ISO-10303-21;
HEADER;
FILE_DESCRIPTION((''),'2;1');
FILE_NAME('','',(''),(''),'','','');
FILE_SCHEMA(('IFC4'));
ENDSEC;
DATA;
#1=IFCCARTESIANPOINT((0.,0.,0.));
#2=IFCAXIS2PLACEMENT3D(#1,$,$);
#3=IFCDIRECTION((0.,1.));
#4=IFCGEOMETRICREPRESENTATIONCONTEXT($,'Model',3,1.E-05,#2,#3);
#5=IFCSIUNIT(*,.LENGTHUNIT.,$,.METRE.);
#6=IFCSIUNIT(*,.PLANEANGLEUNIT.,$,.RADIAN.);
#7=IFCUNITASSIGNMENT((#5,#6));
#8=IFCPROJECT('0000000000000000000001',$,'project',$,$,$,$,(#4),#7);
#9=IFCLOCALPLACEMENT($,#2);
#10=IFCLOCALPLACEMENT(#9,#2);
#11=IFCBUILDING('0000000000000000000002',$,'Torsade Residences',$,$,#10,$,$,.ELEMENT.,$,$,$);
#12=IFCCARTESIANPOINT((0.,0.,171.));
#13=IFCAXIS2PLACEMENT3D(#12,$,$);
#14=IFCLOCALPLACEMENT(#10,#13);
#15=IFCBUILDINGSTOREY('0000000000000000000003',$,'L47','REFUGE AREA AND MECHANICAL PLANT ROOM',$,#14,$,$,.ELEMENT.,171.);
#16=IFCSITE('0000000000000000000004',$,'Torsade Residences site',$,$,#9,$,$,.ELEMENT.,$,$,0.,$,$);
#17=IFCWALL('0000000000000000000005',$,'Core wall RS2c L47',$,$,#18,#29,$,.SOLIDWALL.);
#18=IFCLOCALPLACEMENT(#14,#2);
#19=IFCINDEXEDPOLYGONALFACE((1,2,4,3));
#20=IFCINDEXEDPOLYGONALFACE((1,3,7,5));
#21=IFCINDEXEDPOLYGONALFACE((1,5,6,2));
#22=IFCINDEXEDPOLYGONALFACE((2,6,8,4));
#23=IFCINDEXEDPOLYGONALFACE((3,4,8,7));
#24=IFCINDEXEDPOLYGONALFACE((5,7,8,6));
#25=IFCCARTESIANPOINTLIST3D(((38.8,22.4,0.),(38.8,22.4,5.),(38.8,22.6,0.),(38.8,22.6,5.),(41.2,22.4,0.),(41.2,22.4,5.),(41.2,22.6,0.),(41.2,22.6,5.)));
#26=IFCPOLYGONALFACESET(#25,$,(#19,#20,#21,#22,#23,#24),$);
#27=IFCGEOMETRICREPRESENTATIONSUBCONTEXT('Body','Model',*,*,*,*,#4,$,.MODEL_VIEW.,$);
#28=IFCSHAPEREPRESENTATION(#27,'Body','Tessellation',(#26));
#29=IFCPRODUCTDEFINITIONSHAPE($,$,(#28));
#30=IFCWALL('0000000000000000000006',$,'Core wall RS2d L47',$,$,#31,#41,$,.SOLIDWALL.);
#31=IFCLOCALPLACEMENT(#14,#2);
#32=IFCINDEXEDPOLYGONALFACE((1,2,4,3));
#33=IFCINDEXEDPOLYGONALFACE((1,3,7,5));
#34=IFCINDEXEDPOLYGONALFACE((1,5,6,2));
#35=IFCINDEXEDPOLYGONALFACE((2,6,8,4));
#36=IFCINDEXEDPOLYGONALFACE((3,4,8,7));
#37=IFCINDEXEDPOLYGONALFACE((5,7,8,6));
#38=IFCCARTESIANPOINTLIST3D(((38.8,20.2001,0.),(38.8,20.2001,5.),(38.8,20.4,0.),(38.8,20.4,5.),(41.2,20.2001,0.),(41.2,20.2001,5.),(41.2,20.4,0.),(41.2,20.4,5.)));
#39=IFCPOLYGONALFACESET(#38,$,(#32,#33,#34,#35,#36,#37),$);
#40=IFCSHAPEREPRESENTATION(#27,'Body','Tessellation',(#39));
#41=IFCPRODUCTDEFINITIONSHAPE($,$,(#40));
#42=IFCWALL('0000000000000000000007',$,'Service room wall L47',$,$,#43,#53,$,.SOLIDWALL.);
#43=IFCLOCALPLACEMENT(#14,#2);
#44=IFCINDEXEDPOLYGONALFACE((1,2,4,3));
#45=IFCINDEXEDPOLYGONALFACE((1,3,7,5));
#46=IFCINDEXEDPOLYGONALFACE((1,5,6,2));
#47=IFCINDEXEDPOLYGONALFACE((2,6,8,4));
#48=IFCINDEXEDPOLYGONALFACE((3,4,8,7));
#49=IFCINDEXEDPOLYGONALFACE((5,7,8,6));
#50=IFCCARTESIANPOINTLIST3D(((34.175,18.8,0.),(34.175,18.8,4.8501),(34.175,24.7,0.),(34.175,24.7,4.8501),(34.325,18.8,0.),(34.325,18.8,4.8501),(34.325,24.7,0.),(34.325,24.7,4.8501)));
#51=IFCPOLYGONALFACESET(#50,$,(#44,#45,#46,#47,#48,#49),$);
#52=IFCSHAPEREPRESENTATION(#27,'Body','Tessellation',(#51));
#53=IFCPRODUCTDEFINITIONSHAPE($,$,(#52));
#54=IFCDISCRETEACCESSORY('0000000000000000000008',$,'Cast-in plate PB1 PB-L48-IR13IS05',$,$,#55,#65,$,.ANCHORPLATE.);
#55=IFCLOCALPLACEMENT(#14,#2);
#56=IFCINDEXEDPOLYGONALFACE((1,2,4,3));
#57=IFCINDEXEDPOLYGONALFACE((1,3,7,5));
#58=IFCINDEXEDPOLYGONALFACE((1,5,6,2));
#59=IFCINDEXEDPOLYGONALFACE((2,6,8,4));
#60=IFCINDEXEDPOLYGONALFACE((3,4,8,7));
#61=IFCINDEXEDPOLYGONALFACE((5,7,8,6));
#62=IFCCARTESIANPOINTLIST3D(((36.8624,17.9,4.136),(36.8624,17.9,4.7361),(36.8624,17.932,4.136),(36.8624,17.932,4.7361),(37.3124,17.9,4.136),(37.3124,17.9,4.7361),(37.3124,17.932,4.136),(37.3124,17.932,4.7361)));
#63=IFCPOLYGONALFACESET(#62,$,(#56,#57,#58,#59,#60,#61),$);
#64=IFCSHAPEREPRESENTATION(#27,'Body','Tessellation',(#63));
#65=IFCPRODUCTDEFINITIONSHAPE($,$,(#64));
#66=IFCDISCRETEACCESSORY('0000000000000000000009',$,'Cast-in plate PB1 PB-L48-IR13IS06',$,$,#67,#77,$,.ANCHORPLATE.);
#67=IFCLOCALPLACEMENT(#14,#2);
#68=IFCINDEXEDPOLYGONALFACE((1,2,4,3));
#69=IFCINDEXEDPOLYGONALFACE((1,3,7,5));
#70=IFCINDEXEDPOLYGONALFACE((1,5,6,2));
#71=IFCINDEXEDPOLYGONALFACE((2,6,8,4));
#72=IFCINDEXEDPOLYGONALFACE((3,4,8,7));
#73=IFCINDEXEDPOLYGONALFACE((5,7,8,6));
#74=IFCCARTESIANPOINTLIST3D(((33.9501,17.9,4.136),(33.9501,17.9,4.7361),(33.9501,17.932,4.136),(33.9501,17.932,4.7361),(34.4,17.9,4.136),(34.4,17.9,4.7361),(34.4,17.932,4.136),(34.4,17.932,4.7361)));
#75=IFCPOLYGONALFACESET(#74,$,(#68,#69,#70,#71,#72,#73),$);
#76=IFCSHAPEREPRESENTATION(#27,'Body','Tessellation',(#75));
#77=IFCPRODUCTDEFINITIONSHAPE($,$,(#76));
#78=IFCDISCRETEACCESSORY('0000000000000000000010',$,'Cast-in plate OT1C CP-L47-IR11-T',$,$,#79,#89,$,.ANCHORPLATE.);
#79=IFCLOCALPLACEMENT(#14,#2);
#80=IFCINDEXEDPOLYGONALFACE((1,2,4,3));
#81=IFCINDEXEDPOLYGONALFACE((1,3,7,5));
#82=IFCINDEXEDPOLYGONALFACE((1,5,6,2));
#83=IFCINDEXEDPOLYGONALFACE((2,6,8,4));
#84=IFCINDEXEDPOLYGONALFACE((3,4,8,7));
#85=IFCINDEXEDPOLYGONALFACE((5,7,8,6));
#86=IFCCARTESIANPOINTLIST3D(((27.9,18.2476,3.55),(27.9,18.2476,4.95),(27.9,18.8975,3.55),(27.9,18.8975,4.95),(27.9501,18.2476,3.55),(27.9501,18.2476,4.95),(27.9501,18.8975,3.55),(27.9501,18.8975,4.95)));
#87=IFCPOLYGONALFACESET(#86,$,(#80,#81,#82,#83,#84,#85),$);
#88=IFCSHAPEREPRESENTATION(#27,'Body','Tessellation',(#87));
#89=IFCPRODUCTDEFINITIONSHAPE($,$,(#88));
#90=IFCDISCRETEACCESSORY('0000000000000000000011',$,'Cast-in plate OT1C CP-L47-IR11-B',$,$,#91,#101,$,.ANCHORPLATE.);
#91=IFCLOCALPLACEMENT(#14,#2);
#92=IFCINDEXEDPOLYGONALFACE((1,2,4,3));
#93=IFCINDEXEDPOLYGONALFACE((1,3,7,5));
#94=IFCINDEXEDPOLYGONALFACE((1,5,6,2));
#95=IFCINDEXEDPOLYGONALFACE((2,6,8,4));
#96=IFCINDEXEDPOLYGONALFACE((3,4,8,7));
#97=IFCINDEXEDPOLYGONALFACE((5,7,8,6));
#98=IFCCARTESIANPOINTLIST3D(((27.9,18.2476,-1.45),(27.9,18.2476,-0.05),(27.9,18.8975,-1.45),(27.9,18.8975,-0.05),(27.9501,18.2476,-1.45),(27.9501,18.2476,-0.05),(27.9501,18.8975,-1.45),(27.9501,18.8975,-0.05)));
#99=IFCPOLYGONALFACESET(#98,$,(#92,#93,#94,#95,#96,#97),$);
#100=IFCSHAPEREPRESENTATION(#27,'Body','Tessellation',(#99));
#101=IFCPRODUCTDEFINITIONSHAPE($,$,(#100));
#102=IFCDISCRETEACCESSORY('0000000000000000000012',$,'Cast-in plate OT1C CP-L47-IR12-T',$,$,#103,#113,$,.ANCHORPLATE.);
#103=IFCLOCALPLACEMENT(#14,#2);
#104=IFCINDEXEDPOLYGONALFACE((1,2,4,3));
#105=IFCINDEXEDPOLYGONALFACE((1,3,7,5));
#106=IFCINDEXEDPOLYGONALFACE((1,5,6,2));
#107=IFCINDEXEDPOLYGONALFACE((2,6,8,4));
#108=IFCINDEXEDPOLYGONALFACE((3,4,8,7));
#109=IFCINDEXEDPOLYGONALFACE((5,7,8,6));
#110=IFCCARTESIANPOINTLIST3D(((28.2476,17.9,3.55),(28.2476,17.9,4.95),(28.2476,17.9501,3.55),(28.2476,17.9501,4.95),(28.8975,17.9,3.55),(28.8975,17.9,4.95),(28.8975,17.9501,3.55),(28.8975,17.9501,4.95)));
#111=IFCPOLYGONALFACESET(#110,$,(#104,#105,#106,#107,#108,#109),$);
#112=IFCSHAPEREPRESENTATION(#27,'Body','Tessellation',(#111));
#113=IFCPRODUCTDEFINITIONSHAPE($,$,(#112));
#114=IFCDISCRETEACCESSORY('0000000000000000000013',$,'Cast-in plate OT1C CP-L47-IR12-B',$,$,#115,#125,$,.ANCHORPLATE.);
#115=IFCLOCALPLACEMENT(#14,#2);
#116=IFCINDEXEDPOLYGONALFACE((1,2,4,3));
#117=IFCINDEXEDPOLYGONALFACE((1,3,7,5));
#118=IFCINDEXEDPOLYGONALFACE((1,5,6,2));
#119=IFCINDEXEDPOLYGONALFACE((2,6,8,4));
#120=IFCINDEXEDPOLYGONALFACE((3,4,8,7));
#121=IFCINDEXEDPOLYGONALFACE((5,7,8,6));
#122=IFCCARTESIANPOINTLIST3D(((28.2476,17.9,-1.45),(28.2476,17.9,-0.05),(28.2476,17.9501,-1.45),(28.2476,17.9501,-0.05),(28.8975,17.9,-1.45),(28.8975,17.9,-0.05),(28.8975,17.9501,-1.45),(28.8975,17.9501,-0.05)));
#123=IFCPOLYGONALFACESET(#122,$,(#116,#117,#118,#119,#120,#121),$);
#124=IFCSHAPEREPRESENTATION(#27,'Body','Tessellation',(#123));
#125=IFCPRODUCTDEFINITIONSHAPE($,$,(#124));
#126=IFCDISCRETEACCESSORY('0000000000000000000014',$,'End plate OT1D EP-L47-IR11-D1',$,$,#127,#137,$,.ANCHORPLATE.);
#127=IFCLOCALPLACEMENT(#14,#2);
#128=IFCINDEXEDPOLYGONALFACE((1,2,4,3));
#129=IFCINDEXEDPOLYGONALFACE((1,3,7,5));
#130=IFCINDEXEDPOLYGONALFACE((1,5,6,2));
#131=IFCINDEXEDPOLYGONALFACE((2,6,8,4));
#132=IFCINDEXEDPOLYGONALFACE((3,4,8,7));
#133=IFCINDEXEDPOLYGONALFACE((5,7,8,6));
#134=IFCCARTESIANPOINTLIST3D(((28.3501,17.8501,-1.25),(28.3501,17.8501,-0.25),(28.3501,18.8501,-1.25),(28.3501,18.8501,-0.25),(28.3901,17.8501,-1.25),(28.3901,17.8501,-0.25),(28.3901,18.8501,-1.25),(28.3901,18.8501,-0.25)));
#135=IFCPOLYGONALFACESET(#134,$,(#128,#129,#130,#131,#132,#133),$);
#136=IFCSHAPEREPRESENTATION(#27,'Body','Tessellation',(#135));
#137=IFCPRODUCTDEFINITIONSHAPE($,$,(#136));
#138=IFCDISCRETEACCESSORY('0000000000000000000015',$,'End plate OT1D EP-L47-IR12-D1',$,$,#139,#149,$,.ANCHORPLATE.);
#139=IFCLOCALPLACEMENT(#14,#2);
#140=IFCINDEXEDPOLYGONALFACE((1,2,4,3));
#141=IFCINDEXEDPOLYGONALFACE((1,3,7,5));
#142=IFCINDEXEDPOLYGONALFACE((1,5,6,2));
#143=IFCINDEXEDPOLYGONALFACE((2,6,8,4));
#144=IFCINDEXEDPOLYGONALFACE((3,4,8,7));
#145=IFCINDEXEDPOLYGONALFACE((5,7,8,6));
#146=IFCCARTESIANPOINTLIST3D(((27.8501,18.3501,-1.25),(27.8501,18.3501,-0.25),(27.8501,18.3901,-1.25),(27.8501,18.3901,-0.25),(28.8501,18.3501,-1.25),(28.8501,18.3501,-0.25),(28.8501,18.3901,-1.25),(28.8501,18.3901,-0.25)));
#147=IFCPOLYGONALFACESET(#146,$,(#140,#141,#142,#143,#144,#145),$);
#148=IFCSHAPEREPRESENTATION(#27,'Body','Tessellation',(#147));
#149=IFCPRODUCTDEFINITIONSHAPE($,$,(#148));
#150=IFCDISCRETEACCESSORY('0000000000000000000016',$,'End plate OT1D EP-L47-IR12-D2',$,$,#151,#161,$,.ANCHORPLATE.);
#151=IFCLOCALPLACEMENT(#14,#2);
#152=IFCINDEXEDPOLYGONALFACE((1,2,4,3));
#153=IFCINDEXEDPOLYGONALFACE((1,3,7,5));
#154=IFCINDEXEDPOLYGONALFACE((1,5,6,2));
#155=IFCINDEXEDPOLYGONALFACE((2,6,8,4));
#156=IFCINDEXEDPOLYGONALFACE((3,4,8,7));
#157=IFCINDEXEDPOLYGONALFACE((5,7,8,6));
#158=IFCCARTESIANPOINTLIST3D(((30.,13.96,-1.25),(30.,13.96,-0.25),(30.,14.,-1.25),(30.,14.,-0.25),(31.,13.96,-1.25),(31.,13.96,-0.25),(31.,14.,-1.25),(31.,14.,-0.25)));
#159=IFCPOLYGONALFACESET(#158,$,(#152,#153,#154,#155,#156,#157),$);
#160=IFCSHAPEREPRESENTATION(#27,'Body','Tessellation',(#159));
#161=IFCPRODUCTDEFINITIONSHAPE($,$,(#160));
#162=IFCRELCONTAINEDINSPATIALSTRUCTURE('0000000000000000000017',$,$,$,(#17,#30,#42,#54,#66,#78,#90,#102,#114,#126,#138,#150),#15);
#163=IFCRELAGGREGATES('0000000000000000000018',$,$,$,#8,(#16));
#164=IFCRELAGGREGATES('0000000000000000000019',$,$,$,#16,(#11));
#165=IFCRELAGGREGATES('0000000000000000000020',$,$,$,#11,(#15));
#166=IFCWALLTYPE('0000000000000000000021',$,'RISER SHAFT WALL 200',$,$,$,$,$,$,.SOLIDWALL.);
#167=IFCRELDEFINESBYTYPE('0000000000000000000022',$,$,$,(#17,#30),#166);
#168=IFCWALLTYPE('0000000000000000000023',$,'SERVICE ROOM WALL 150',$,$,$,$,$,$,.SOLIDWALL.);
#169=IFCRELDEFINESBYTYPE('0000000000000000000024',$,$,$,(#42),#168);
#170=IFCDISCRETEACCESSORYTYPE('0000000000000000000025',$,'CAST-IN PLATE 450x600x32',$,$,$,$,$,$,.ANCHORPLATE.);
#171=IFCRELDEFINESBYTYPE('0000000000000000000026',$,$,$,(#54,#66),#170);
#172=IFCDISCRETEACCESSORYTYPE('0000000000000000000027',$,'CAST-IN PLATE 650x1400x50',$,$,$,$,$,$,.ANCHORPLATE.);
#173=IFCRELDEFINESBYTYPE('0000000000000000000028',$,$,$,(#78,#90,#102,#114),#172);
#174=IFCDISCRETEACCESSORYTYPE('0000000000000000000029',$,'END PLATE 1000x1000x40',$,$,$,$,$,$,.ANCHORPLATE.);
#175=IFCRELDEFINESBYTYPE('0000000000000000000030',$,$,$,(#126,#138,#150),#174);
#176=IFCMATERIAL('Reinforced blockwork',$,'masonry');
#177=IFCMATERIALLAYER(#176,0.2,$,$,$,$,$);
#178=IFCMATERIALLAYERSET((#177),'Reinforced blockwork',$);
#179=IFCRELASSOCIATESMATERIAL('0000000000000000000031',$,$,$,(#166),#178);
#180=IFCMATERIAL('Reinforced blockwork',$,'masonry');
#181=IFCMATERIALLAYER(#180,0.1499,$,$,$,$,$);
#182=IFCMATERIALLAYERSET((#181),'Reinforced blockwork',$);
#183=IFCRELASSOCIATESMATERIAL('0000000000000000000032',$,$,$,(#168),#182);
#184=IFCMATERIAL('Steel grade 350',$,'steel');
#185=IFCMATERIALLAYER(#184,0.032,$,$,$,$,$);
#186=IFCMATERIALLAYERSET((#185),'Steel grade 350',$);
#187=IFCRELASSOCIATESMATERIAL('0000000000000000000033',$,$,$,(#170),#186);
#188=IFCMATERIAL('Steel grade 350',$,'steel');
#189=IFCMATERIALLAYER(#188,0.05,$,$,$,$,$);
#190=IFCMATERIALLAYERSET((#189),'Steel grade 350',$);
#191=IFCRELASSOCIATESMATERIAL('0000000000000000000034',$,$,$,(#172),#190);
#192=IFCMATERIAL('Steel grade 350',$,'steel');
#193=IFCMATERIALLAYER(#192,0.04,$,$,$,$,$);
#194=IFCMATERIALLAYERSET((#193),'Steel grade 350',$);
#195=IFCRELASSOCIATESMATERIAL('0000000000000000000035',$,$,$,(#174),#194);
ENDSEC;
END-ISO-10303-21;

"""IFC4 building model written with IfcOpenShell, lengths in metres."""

from ifc_helpers import new_model, si_unit, direction, frame, frame_2d, origin, origin_2d, place, context, subcontext, project, spatial, rectangle, extrude, material, layer, layer_set, type_object, element, save


model = new_model("IFC4")

# Units and contexts
model_context = context("Model", 3, precision=1e-05, world=origin(), true_north=direction((0.0, 1.0)))
body_context = subcontext(model_context, "Body", "Model", "MODEL_VIEW")
ifc_project = project(units=[si_unit("LENGTHUNIT", "METRE"), si_unit("PLANEANGLEUNIT", "RADIAN")], contexts=[model_context])

# Site, building, storey
site_placement = place(None, origin())
site = spatial("IfcSite", under=ifc_project, at=site_placement, Name="Torsade Residences site", CompositionType="ELEMENT", RefElevation=0.0)
building_placement = place(site_placement, origin())
building = spatial("IfcBuilding", under=site, at=building_placement, Name="Torsade Residences", CompositionType="ELEMENT")
storey_placement = place(building_placement, frame((0.0, 0.0, 171.0)))
storey = spatial("IfcBuildingStorey", under=building, at=storey_placement, Name="L47", Description="REFUGE AREA AND MECHANICAL PLANT ROOM", CompositionType="ELEMENT", Elevation=171.0)

# Walls
ifc_material_1 = material(Name="Reinforced blockwork", Category="masonry")
ifc_layer_1 = layer(ifc_material_1, 0.2)
ifc_layer_set_1 = layer_set([ifc_layer_1], Name="Reinforced blockwork")
wall_type_1 = type_object("IfcWallType", Name="RISER SHAFT WALL 200", PredefinedType="SOLIDWALL", material=ifc_layer_set_1)
for number, where, z_axis, x_axis, name in (
    (1, (38.8, 22.5, 0.0), (0.0, 0.0, 1.0), (1.0, 0.0, 0.0), "Core wall RS2c L47"),
    (2, (38.8, 20.3, 0.0), (0.0, 0.0, 1.0), (1.0, 0.0, 0.0), "Core wall RS2d L47"),
):
    element("IfcWall", number, at=place(storey_placement, frame(where, z_axis=z_axis, x_axis=x_axis)), inside=storey, type_object=wall_type_1, Name=name, PredefinedType="SOLIDWALL", context=body_context, shape_type="SweptSolid", body=[
        extrude(rectangle(XDim=2.3999, YDim=0.2, at=frame_2d((1.2, 0.0))), origin(), (0.0, 0.0, 1.0), 5.0),
    ])
ifc_material_2 = material(Name="Reinforced blockwork", Category="masonry")
ifc_layer_2 = layer(ifc_material_2, 0.1499)
ifc_layer_set_2 = layer_set([ifc_layer_2], Name="Reinforced blockwork")
wall_type_2 = type_object("IfcWallType", Name="SERVICE ROOM WALL 150", PredefinedType="SOLIDWALL", material=ifc_layer_set_2)
wall_1_placement = place(storey_placement, frame((34.25, 18.8, 0.0), z_axis=(0.0, 0.0, 1.0), x_axis=(0.0, 1.0, 0.0)))
element("IfcWall", 3, at=wall_1_placement, inside=storey, type_object=wall_type_2, Name="Service room wall L47", PredefinedType="SOLIDWALL", context=body_context, shape_type="SweptSolid", body=[
    extrude(rectangle(XDim=5.8999, YDim=0.1499, at=frame_2d((2.95, 0.0))), origin(), (0.0, 0.0, 1.0), 4.8501),
])

# Discrete accessories
ifc_material_3 = material(Name="Steel grade 350", Category="steel")
ifc_layer_3 = layer(ifc_material_3, 0.032)
ifc_layer_set_3 = layer_set([ifc_layer_3], Name="Steel grade 350")
discrete_accessory_type_1 = type_object("IfcDiscreteAccessoryType", Name="CAST-IN PLATE 450x600x32", PredefinedType="ANCHORPLATE", material=ifc_layer_set_3)
for number, where, z_axis, x_axis, name in (
    (4, (37.0874, 17.916, 4.136), (0.0, 0.0, 1.0), (1.0, 0.0, 0.0), "Cast-in plate PB1 PB-L48-IR13IS05"),
    (5, (34.175, 17.916, 4.136), (0.0, 0.0, 1.0), (1.0, 0.0, 0.0), "Cast-in plate PB1 PB-L48-IR13IS06"),
):
    element("IfcDiscreteAccessory", number, at=place(storey_placement, frame(where, z_axis=z_axis, x_axis=x_axis)), inside=storey, type_object=discrete_accessory_type_1, Name=name, PredefinedType="ANCHORPLATE", context=body_context, shape_type="SweptSolid", body=[
        extrude(rectangle(XDim=0.45, YDim=0.032, at=origin_2d()), origin(), (0.0, 0.0, 1.0), 0.6001),
    ])
ifc_material_4 = material(Name="Steel grade 350", Category="steel")
ifc_layer_4 = layer(ifc_material_4, 0.05)
ifc_layer_set_4 = layer_set([ifc_layer_4], Name="Steel grade 350")
discrete_accessory_type_2 = type_object("IfcDiscreteAccessoryType", Name="CAST-IN PLATE 650x1400x50", PredefinedType="ANCHORPLATE", material=ifc_layer_set_4)
for number, where, z_axis, x_axis, name in (
    (6, (27.925, 18.5725, 3.55), (0.0, 0.0, 1.0), (1.0, 0.0, 0.0), "Cast-in plate OT1C CP-L47-IR11-T"),
    (7, (27.925, 18.5725, -1.45), (0.0, 0.0, 1.0), (1.0, 0.0, 0.0), "Cast-in plate OT1C CP-L47-IR11-B"),
):
    element("IfcDiscreteAccessory", number, at=place(storey_placement, frame(where, z_axis=z_axis, x_axis=x_axis)), inside=storey, type_object=discrete_accessory_type_2, Name=name, PredefinedType="ANCHORPLATE", context=body_context, shape_type="SweptSolid", body=[
        extrude(rectangle(XDim=0.05, YDim=0.6499, at=origin_2d()), origin(), (0.0, 0.0, 1.0), 1.3999),
    ])
for number, where, z_axis, x_axis, name in (
    (8, (28.5725, 17.925, 3.55), (0.0, 0.0, 1.0), (1.0, 0.0, 0.0), "Cast-in plate OT1C CP-L47-IR12-T"),
    (9, (28.5725, 17.925, -1.45), (0.0, 0.0, 1.0), (1.0, 0.0, 0.0), "Cast-in plate OT1C CP-L47-IR12-B"),
):
    element("IfcDiscreteAccessory", number, at=place(storey_placement, frame(where, z_axis=z_axis, x_axis=x_axis)), inside=storey, type_object=discrete_accessory_type_2, Name=name, PredefinedType="ANCHORPLATE", context=body_context, shape_type="SweptSolid", body=[
        extrude(rectangle(XDim=0.6499, YDim=0.05, at=origin_2d()), origin(), (0.0, 0.0, 1.0), 1.3999),
    ])
ifc_material_5 = material(Name="Steel grade 350", Category="steel")
ifc_layer_5 = layer(ifc_material_5, 0.04)
ifc_layer_set_5 = layer_set([ifc_layer_5], Name="Steel grade 350")
discrete_accessory_type_3 = type_object("IfcDiscreteAccessoryType", Name="END PLATE 1000x1000x40", PredefinedType="ANCHORPLATE", material=ifc_layer_set_5)
discrete_accessory_placement = place(storey_placement, frame((28.3701, 18.3501, -1.25), z_axis=(0.0, 0.0, 1.0), x_axis=(1.0, 0.0, 0.0)))
element("IfcDiscreteAccessory", 10, at=discrete_accessory_placement, inside=storey, type_object=discrete_accessory_type_3, Name="End plate OT1D EP-L47-IR11-D1", PredefinedType="ANCHORPLATE", context=body_context, shape_type="SweptSolid", body=[
    extrude(rectangle(XDim=0.04, YDim=1.0, at=origin_2d()), origin(), (0.0, 0.0, 1.0), 1.0),
])
for number, where, z_axis, x_axis, name in (
    (11, (28.3501, 18.3701, -1.25), (0.0, 0.0, 1.0), (1.0, 0.0, 0.0), "End plate OT1D EP-L47-IR12-D1"),
    (12, (30.5, 13.98, -1.25), (0.0, 0.0, 1.0), (1.0, 0.0, 0.0), "End plate OT1D EP-L47-IR12-D2"),
):
    element("IfcDiscreteAccessory", number, at=place(storey_placement, frame(where, z_axis=z_axis, x_axis=x_axis)), inside=storey, type_object=discrete_accessory_type_3, Name=name, PredefinedType="ANCHORPLATE", context=body_context, shape_type="SweptSolid", body=[
        extrude(rectangle(XDim=1.0, YDim=0.04, at=origin_2d()), origin(), (0.0, 0.0, 1.0), 1.0),
    ])

save(model, "model.ifc")
